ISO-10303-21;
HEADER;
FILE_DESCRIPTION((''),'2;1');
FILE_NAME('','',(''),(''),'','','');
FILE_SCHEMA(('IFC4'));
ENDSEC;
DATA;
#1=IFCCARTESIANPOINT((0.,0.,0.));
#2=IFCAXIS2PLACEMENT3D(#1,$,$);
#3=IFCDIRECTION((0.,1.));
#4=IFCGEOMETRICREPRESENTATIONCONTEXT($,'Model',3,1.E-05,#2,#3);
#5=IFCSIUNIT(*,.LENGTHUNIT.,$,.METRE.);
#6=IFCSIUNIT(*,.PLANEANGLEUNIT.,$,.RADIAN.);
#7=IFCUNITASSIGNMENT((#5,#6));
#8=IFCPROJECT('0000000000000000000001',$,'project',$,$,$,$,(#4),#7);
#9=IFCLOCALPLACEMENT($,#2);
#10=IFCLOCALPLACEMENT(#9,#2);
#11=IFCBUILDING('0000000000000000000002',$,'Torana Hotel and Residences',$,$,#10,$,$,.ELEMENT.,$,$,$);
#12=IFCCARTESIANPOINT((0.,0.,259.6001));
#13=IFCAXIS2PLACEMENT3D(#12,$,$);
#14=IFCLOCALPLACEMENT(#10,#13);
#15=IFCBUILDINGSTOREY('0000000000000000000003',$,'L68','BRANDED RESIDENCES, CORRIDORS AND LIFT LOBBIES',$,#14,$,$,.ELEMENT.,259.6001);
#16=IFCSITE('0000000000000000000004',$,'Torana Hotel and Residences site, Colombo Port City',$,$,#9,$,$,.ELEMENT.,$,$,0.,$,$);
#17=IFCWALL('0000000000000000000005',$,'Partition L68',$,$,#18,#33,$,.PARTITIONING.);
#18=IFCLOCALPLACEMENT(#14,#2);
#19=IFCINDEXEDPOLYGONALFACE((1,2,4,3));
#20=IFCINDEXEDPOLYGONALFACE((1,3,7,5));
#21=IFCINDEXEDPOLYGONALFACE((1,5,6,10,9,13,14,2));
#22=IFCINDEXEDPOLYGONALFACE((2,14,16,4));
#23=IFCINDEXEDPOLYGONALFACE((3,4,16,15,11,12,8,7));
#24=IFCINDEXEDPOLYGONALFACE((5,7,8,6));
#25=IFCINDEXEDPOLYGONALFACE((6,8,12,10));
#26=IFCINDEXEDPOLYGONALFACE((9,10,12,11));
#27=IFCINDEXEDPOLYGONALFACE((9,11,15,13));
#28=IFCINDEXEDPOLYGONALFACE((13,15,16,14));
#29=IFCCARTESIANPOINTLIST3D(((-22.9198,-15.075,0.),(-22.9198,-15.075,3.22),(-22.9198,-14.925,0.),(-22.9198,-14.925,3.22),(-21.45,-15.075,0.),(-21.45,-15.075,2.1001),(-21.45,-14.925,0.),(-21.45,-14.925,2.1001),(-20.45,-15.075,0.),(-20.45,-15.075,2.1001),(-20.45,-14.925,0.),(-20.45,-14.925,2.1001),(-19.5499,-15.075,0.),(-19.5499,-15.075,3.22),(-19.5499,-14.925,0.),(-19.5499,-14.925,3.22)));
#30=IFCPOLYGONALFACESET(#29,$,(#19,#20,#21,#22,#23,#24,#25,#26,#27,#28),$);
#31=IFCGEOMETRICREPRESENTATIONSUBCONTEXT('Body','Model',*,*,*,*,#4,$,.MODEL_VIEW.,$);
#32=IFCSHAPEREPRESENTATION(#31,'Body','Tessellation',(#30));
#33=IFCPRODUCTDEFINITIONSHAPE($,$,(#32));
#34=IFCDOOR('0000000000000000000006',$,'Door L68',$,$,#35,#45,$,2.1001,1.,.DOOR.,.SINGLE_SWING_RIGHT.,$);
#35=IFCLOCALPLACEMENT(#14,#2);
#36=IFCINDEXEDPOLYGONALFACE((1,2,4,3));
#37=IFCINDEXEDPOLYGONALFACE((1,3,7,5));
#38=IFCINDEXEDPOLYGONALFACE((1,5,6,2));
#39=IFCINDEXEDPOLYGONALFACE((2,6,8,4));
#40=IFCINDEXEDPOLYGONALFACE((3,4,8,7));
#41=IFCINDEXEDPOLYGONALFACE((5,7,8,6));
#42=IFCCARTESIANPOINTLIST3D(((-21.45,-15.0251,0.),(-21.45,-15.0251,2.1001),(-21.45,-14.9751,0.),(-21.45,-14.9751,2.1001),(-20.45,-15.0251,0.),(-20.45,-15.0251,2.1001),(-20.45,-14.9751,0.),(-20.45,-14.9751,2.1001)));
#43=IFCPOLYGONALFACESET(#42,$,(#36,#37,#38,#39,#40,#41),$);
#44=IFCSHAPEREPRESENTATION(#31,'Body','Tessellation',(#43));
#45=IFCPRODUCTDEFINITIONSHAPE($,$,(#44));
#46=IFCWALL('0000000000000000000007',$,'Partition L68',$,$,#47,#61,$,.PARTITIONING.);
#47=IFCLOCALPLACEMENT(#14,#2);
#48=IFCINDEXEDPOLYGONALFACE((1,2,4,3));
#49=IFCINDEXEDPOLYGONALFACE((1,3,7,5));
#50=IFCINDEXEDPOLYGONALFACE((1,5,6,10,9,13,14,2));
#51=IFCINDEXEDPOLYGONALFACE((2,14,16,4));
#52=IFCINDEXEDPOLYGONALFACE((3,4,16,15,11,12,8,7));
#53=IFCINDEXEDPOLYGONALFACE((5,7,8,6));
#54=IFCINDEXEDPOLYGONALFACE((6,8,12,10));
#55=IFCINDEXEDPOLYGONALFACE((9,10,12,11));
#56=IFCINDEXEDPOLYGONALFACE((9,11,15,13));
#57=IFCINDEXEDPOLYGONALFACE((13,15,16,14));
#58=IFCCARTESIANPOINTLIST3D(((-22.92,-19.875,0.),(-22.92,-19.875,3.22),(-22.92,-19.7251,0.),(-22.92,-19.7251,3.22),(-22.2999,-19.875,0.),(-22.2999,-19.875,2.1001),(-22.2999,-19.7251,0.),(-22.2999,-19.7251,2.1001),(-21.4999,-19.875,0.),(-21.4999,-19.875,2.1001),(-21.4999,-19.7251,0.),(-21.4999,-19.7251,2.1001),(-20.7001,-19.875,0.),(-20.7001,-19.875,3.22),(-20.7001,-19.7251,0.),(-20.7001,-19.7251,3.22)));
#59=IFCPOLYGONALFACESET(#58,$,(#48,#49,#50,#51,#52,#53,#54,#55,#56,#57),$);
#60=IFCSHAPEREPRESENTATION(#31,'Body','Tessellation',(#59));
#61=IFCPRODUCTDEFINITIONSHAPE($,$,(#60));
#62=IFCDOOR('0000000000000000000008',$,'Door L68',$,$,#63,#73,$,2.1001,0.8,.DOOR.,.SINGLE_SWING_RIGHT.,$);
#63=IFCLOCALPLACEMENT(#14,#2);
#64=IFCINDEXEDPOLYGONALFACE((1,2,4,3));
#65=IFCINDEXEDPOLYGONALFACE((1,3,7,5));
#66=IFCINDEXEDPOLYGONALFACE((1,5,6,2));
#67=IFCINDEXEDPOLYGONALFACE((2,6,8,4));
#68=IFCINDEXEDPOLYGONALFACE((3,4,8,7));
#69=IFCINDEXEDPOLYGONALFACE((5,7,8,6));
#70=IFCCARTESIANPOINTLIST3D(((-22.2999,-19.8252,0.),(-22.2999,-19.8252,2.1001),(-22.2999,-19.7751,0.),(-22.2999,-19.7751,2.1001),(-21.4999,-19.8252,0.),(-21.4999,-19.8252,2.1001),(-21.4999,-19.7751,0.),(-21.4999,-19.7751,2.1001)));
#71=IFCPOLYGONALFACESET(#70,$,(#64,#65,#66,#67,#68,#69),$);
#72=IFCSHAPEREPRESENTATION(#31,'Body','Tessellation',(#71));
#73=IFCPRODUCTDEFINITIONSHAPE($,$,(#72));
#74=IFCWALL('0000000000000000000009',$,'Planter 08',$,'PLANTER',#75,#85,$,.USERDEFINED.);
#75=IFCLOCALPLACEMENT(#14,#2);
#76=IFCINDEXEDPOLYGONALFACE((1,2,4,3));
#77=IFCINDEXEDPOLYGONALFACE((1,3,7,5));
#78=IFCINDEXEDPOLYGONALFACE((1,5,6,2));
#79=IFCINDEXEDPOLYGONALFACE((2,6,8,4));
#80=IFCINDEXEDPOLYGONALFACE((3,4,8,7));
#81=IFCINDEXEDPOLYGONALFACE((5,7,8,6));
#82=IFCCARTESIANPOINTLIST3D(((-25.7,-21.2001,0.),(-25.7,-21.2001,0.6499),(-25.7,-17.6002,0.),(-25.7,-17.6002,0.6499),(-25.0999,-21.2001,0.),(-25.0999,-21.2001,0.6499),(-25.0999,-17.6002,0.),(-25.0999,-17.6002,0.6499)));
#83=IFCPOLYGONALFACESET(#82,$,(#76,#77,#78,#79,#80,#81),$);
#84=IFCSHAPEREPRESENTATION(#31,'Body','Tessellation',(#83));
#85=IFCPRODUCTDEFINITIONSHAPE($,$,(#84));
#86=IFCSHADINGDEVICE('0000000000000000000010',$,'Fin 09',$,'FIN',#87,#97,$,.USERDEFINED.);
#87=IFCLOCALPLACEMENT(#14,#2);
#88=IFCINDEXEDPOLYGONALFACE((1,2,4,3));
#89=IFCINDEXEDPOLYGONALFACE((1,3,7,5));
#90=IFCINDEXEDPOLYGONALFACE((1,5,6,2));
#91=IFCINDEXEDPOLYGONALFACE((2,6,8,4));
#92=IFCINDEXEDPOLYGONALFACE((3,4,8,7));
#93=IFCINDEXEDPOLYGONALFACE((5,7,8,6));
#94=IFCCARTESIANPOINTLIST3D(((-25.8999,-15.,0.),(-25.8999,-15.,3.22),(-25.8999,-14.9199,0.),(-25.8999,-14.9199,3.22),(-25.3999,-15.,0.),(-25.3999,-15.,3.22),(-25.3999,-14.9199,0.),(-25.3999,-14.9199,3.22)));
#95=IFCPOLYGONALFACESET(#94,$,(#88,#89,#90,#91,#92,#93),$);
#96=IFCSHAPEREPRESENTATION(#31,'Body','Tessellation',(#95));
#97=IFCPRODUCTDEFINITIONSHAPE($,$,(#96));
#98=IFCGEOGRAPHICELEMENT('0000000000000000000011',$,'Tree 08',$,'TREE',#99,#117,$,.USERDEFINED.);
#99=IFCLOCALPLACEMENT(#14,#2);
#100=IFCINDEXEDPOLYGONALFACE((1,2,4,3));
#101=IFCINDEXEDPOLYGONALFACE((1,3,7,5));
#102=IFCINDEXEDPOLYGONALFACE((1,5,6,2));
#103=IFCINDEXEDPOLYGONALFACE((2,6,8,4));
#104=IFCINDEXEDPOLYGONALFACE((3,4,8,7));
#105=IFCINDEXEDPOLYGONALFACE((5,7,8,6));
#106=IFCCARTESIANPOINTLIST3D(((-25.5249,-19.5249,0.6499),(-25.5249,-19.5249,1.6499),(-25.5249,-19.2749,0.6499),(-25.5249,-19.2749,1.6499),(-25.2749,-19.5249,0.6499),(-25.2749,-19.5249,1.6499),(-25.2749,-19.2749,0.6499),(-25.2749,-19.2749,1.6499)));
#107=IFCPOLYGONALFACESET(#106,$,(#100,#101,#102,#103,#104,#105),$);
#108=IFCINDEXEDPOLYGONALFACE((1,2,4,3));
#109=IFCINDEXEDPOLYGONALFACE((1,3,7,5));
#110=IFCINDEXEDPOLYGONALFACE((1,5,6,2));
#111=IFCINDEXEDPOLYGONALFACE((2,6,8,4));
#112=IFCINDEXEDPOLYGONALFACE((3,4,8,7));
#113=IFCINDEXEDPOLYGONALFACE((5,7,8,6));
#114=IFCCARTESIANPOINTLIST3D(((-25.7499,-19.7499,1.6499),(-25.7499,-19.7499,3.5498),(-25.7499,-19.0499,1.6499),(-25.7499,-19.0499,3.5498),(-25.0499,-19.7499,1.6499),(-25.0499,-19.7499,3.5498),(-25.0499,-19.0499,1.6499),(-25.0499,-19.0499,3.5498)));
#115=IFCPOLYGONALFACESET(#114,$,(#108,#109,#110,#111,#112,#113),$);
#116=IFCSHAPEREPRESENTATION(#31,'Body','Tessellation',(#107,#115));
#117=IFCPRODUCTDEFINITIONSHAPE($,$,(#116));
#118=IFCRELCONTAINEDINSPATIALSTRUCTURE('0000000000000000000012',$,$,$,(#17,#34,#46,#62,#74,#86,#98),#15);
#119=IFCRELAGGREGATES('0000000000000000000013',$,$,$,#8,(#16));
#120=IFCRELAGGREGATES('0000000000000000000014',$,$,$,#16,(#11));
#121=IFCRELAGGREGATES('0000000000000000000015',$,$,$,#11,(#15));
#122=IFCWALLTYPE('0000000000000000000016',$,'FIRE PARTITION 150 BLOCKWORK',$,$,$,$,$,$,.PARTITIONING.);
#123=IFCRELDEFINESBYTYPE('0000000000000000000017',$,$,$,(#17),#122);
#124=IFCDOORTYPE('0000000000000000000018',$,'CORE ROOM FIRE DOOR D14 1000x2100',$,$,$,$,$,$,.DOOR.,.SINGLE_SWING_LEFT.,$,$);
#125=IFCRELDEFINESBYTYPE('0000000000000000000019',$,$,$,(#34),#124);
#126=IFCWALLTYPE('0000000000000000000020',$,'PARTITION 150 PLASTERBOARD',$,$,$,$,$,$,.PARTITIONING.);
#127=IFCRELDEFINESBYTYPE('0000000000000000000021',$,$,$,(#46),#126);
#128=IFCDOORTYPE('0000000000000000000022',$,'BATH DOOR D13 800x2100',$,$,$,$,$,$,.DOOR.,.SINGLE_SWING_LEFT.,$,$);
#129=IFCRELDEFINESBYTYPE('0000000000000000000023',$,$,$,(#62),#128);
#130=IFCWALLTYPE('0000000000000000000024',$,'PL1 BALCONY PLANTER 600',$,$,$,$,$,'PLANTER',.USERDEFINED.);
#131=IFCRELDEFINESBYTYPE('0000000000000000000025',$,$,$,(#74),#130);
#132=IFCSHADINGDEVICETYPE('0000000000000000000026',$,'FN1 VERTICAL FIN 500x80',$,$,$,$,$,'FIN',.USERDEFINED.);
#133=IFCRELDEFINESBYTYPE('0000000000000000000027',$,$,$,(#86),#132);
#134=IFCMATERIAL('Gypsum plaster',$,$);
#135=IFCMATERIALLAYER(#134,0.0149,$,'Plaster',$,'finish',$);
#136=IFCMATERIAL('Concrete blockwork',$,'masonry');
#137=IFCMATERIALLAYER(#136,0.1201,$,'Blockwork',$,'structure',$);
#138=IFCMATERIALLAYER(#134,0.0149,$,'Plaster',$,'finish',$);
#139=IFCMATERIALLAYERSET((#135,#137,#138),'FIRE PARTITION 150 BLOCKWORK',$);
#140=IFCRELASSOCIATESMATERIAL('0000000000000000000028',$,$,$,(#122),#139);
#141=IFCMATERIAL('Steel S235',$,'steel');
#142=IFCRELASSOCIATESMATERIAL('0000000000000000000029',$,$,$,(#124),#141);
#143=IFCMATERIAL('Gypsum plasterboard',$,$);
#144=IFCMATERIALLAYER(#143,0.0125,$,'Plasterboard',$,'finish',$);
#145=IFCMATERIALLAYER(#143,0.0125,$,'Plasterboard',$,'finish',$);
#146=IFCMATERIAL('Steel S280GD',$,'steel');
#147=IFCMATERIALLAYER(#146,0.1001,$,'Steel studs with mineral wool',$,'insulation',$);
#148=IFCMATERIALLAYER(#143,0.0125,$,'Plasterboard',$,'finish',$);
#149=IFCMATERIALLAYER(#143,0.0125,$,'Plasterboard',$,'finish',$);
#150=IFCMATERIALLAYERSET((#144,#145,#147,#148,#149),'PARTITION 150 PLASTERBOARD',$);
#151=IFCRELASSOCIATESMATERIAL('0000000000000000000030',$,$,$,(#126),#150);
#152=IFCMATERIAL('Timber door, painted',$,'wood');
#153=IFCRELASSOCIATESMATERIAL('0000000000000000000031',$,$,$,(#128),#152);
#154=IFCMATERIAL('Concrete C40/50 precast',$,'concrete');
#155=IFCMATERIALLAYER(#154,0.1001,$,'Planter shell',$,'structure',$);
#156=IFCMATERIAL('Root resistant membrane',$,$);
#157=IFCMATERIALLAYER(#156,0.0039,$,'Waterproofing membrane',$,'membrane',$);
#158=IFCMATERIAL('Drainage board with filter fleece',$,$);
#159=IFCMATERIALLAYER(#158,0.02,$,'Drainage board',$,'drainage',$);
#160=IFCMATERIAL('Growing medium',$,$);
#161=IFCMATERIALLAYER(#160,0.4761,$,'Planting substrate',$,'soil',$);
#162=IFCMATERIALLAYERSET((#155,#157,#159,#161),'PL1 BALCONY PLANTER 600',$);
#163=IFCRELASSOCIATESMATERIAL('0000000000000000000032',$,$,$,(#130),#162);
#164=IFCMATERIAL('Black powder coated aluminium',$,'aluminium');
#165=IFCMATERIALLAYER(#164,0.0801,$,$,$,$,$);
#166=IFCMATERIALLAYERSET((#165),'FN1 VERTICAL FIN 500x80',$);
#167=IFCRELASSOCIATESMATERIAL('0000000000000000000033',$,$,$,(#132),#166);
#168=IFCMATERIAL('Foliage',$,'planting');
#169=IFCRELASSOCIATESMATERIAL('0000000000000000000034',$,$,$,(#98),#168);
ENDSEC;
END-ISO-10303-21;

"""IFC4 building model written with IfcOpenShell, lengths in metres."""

from ifc_helpers import new_model, si_unit, direction, frame, frame_2d, origin, origin_2d, place, context, subcontext, project, spatial, rectangle, extrude, material, layer, layer_set, type_object, element, fill, save


model = new_model("IFC4")

# Units and contexts
model_context = context("Model", 3, precision=1e-05, world=origin(), true_north=direction((0.0, 1.0)))
body_context = subcontext(model_context, "Body", "Model", "MODEL_VIEW")
ifc_project = project(units=[si_unit("LENGTHUNIT", "METRE"), si_unit("PLANEANGLEUNIT", "RADIAN")], contexts=[model_context])

# Site, building, storey
site_placement = place(None, origin())
site = spatial("IfcSite", under=ifc_project, at=site_placement, Name="Torana Hotel and Residences site, Colombo Port City", CompositionType="ELEMENT", RefElevation=0.0)
building_placement = place(site_placement, origin())
building = spatial("IfcBuilding", under=site, at=building_placement, Name="Torana Hotel and Residences", CompositionType="ELEMENT")
storey_placement = place(building_placement, frame((0.0, 0.0, 259.6001)))
storey = spatial("IfcBuildingStorey", under=building, at=storey_placement, Name="L68", Description="BRANDED RESIDENCES, CORRIDORS AND LIFT LOBBIES", CompositionType="ELEMENT", Elevation=259.6001)

# Shared definitions
ifc_material_1 = material(Name="Gypsum plaster")
ifc_layer_1 = layer(ifc_material_1, 0.0149, Name="Plaster", Category="finish")
ifc_material_2 = material(Name="Concrete blockwork", Category="masonry")
ifc_layer_2 = layer(ifc_material_2, 0.1201, Name="Blockwork", Category="structure")
ifc_layer_3 = layer(ifc_material_1, 0.0149, Name="Plaster", Category="finish")
ifc_layer_set_1 = layer_set([ifc_layer_1, ifc_layer_2, ifc_layer_3], Name="FIRE PARTITION 150 BLOCKWORK")
wall_type_1 = type_object("IfcWallType", Name="FIRE PARTITION 150 BLOCKWORK", PredefinedType="PARTITIONING", material=ifc_layer_set_1)

# Walls, openings, doors
wall_1_placement = place(storey_placement, frame((-22.9199, -15.0, 0.0), z_axis=(0.0, 0.0, 1.0), x_axis=(1.0, 0.0, 0.0)))
wall_1 = element("IfcWall", 1, at=wall_1_placement, inside=storey, type_object=wall_type_1, Name="Partition L68", PredefinedType="PARTITIONING", context=body_context, shape_type="SweptSolid", body=[
    extrude(rectangle(XDim=3.3699, YDim=0.1499, at=frame_2d((1.6851, 0.0))), origin(), (0.0, 0.0, 1.0), 3.22),
])
opening_1_placement = place(wall_1_placement, frame((1.47, 0.0, 0.0)))
opening_1 = element("IfcOpeningElement", 2, at=opening_1_placement, cuts=wall_1, PredefinedType="OPENING", context=body_context, shape_type="SweptSolid", body=[
    extrude(rectangle(XDim=1.0, YDim=2.1001, at=frame_2d((0.5, 1.05))), frame((0.0, 0.085, 0.0), z_axis=(0.0, -1.0, 0.0), x_axis=(1.0, 0.0, 0.0)), (0.0, 0.0, 1.0), 0.1699),
])
ifc_material_3 = material(Name="Steel S235", Category="steel")
door_type_1 = type_object("IfcDoorType", Name="CORE ROOM FIRE DOOR D14 1000x2100", OperationType="SINGLE_SWING_LEFT", PredefinedType="DOOR", material=ifc_material_3)
door_1_placement = place(opening_1_placement, origin())
door_1 = element("IfcDoor", 3, at=door_1_placement, inside=storey, type_object=door_type_1, Name="Door L68", OperationType="SINGLE_SWING_RIGHT", OverallHeight=2.1001, OverallWidth=1.0, PredefinedType="DOOR", context=body_context, shape_type="SweptSolid", body=[
    extrude(rectangle(XDim=1.0, YDim=2.1001, at=frame_2d((0.5, 1.05))), frame((0.0, 0.0249, 0.0), z_axis=(0.0, -1.0, 0.0), x_axis=(1.0, 0.0, 0.0)), (0.0, 0.0, 1.0), 0.05),
])
fill(opening_1, door_1)
ifc_material_4 = material(Name="Gypsum plasterboard")
ifc_layer_4 = layer(ifc_material_4, 0.0125, Name="Plasterboard", Category="finish")
ifc_layer_5 = layer(ifc_material_4, 0.0125, Name="Plasterboard", Category="finish")
ifc_material_5 = material(Name="Steel S280GD", Category="steel")
ifc_layer_6 = layer(ifc_material_5, 0.1001, Name="Steel studs with mineral wool", Category="insulation")
ifc_layer_7 = layer(ifc_material_4, 0.0125, Name="Plasterboard", Category="finish")
ifc_layer_8 = layer(ifc_material_4, 0.0125, Name="Plasterboard", Category="finish")
ifc_layer_set_2 = layer_set([ifc_layer_4, ifc_layer_5, ifc_layer_6, ifc_layer_7, ifc_layer_8], Name="PARTITION 150 PLASTERBOARD")
wall_type_2 = type_object("IfcWallType", Name="PARTITION 150 PLASTERBOARD", PredefinedType="PARTITIONING", material=ifc_layer_set_2)
wall_2_placement = place(storey_placement, frame((-22.9199, -19.8, 0.0), z_axis=(0.0, 0.0, 1.0), x_axis=(1.0, 0.0, 0.0)))
wall_2 = element("IfcWall", 4, at=wall_2_placement, inside=storey, type_object=wall_type_2, Name="Partition L68", PredefinedType="PARTITIONING", context=body_context, shape_type="SweptSolid", body=[
    extrude(rectangle(XDim=2.22, YDim=0.1499, at=frame_2d((1.1099, 0.0))), origin(), (0.0, 0.0, 1.0), 3.22),
])
opening_2_placement = place(wall_2_placement, frame((0.6201, 0.0, 0.0)))
opening_2 = element("IfcOpeningElement", 5, at=opening_2_placement, cuts=wall_2, PredefinedType="OPENING", context=body_context, shape_type="SweptSolid", body=[
    extrude(rectangle(XDim=0.8, YDim=2.1001, at=frame_2d((0.3999, 1.05))), frame((0.0, 0.085, 0.0), z_axis=(0.0, -1.0, 0.0), x_axis=(1.0, 0.0, 0.0)), (0.0, 0.0, 1.0), 0.1699),
])
ifc_material_6 = material(Name="Timber door, painted", Category="wood")
door_type_2 = type_object("IfcDoorType", Name="BATH DOOR D13 800x2100", OperationType="SINGLE_SWING_LEFT", PredefinedType="DOOR", material=ifc_material_6)
door_2_placement = place(opening_2_placement, origin())
door_2 = element("IfcDoor", 6, at=door_2_placement, inside=storey, type_object=door_type_2, Name="Door L68", OperationType="SINGLE_SWING_RIGHT", OverallHeight=2.1001, OverallWidth=0.8, PredefinedType="DOOR", context=body_context, shape_type="SweptSolid", body=[
    extrude(rectangle(XDim=0.8, YDim=2.1001, at=frame_2d((0.3999, 1.05))), frame((0.0, 0.0249, 0.0), z_axis=(0.0, -1.0, 0.0), x_axis=(1.0, 0.0, 0.0)), (0.0, 0.0, 1.0), 0.05),
])
fill(opening_2, door_2)

# Wall
ifc_material_7 = material(Name="Concrete C40/50 precast", Category="concrete")
ifc_layer_9 = layer(ifc_material_7, 0.1001, Name="Planter shell", Category="structure")
ifc_material_8 = material(Name="Root resistant membrane")
ifc_layer_10 = layer(ifc_material_8, 0.0039, Name="Waterproofing membrane", Category="membrane")
ifc_material_9 = material(Name="Drainage board with filter fleece")
ifc_layer_11 = layer(ifc_material_9, 0.02, Name="Drainage board", Category="drainage")
ifc_material_10 = material(Name="Growing medium")
ifc_layer_12 = layer(ifc_material_10, 0.4761, Name="Planting substrate", Category="soil")
ifc_layer_set_3 = layer_set([ifc_layer_9, ifc_layer_10, ifc_layer_11, ifc_layer_12], Name="PL1 BALCONY PLANTER 600")
wall_type_3 = type_object("IfcWallType", Name="PL1 BALCONY PLANTER 600", ElementType="PLANTER", PredefinedType="USERDEFINED", material=ifc_layer_set_3)
wall_3_placement = place(storey_placement, frame((-25.3999, -21.2, 0.0), z_axis=(0.0, 0.0, 1.0), x_axis=(0.0, 1.0, 0.0)))
element("IfcWall", 7, at=wall_3_placement, inside=storey, type_object=wall_type_3, Name="Planter 08", ObjectType="PLANTER", PredefinedType="USERDEFINED", context=body_context, shape_type="SweptSolid", body=[
    extrude(rectangle(XDim=3.5999, YDim=0.6001, at=frame_2d((1.7998, 0.0))), origin(), (0.0, 0.0, 1.0), 0.6499),
])

# Shading device
ifc_material_11 = material(Name="Black powder coated aluminium", Category="aluminium")
ifc_layer_13 = layer(ifc_material_11, 0.0801)
ifc_layer_set_4 = layer_set([ifc_layer_13], Name="FN1 VERTICAL FIN 500x80")
shading_device_type = type_object("IfcShadingDeviceType", Name="FN1 VERTICAL FIN 500x80", ElementType="FIN", PredefinedType="USERDEFINED", material=ifc_layer_set_4)
shading_device_placement = place(storey_placement, frame((-25.6499, -14.96, 0.0), z_axis=(0.0, 0.0, 1.0), x_axis=(0.0, 1.0, 0.0)))
element("IfcShadingDevice", 8, at=shading_device_placement, inside=storey, type_object=shading_device_type, Name="Fin 09", ObjectType="FIN", PredefinedType="USERDEFINED", context=body_context, shape_type="SweptSolid", body=[
    extrude(rectangle(XDim=0.0801, YDim=0.5, at=origin_2d()), origin(), (0.0, 0.0, 1.0), 3.22),
])

# Geographic element
ifc_material_12 = material(Name="Foliage", Category="planting")
geographic_element_placement = place(storey_placement, frame((-25.3999, -19.3999, 0.6499), z_axis=(0.0, 0.0, 1.0), x_axis=(1.0, 0.0, 0.0)))
element("IfcGeographicElement", 9, at=geographic_element_placement, inside=storey, material=ifc_material_12, Name="Tree 08", ObjectType="TREE", PredefinedType="USERDEFINED", context=body_context, shape_type="SweptSolid", body=[
    extrude(rectangle(XDim=0.25, YDim=0.25, at=origin_2d()), origin(), (0.0, 0.0, 1.0), 1.0),
    extrude(rectangle(XDim=0.7, YDim=0.7, at=origin_2d()), frame((0.0, 0.0, 1.0)), (0.0, 0.0, 1.0), 1.8999),
])

save(model, "model.ifc")
